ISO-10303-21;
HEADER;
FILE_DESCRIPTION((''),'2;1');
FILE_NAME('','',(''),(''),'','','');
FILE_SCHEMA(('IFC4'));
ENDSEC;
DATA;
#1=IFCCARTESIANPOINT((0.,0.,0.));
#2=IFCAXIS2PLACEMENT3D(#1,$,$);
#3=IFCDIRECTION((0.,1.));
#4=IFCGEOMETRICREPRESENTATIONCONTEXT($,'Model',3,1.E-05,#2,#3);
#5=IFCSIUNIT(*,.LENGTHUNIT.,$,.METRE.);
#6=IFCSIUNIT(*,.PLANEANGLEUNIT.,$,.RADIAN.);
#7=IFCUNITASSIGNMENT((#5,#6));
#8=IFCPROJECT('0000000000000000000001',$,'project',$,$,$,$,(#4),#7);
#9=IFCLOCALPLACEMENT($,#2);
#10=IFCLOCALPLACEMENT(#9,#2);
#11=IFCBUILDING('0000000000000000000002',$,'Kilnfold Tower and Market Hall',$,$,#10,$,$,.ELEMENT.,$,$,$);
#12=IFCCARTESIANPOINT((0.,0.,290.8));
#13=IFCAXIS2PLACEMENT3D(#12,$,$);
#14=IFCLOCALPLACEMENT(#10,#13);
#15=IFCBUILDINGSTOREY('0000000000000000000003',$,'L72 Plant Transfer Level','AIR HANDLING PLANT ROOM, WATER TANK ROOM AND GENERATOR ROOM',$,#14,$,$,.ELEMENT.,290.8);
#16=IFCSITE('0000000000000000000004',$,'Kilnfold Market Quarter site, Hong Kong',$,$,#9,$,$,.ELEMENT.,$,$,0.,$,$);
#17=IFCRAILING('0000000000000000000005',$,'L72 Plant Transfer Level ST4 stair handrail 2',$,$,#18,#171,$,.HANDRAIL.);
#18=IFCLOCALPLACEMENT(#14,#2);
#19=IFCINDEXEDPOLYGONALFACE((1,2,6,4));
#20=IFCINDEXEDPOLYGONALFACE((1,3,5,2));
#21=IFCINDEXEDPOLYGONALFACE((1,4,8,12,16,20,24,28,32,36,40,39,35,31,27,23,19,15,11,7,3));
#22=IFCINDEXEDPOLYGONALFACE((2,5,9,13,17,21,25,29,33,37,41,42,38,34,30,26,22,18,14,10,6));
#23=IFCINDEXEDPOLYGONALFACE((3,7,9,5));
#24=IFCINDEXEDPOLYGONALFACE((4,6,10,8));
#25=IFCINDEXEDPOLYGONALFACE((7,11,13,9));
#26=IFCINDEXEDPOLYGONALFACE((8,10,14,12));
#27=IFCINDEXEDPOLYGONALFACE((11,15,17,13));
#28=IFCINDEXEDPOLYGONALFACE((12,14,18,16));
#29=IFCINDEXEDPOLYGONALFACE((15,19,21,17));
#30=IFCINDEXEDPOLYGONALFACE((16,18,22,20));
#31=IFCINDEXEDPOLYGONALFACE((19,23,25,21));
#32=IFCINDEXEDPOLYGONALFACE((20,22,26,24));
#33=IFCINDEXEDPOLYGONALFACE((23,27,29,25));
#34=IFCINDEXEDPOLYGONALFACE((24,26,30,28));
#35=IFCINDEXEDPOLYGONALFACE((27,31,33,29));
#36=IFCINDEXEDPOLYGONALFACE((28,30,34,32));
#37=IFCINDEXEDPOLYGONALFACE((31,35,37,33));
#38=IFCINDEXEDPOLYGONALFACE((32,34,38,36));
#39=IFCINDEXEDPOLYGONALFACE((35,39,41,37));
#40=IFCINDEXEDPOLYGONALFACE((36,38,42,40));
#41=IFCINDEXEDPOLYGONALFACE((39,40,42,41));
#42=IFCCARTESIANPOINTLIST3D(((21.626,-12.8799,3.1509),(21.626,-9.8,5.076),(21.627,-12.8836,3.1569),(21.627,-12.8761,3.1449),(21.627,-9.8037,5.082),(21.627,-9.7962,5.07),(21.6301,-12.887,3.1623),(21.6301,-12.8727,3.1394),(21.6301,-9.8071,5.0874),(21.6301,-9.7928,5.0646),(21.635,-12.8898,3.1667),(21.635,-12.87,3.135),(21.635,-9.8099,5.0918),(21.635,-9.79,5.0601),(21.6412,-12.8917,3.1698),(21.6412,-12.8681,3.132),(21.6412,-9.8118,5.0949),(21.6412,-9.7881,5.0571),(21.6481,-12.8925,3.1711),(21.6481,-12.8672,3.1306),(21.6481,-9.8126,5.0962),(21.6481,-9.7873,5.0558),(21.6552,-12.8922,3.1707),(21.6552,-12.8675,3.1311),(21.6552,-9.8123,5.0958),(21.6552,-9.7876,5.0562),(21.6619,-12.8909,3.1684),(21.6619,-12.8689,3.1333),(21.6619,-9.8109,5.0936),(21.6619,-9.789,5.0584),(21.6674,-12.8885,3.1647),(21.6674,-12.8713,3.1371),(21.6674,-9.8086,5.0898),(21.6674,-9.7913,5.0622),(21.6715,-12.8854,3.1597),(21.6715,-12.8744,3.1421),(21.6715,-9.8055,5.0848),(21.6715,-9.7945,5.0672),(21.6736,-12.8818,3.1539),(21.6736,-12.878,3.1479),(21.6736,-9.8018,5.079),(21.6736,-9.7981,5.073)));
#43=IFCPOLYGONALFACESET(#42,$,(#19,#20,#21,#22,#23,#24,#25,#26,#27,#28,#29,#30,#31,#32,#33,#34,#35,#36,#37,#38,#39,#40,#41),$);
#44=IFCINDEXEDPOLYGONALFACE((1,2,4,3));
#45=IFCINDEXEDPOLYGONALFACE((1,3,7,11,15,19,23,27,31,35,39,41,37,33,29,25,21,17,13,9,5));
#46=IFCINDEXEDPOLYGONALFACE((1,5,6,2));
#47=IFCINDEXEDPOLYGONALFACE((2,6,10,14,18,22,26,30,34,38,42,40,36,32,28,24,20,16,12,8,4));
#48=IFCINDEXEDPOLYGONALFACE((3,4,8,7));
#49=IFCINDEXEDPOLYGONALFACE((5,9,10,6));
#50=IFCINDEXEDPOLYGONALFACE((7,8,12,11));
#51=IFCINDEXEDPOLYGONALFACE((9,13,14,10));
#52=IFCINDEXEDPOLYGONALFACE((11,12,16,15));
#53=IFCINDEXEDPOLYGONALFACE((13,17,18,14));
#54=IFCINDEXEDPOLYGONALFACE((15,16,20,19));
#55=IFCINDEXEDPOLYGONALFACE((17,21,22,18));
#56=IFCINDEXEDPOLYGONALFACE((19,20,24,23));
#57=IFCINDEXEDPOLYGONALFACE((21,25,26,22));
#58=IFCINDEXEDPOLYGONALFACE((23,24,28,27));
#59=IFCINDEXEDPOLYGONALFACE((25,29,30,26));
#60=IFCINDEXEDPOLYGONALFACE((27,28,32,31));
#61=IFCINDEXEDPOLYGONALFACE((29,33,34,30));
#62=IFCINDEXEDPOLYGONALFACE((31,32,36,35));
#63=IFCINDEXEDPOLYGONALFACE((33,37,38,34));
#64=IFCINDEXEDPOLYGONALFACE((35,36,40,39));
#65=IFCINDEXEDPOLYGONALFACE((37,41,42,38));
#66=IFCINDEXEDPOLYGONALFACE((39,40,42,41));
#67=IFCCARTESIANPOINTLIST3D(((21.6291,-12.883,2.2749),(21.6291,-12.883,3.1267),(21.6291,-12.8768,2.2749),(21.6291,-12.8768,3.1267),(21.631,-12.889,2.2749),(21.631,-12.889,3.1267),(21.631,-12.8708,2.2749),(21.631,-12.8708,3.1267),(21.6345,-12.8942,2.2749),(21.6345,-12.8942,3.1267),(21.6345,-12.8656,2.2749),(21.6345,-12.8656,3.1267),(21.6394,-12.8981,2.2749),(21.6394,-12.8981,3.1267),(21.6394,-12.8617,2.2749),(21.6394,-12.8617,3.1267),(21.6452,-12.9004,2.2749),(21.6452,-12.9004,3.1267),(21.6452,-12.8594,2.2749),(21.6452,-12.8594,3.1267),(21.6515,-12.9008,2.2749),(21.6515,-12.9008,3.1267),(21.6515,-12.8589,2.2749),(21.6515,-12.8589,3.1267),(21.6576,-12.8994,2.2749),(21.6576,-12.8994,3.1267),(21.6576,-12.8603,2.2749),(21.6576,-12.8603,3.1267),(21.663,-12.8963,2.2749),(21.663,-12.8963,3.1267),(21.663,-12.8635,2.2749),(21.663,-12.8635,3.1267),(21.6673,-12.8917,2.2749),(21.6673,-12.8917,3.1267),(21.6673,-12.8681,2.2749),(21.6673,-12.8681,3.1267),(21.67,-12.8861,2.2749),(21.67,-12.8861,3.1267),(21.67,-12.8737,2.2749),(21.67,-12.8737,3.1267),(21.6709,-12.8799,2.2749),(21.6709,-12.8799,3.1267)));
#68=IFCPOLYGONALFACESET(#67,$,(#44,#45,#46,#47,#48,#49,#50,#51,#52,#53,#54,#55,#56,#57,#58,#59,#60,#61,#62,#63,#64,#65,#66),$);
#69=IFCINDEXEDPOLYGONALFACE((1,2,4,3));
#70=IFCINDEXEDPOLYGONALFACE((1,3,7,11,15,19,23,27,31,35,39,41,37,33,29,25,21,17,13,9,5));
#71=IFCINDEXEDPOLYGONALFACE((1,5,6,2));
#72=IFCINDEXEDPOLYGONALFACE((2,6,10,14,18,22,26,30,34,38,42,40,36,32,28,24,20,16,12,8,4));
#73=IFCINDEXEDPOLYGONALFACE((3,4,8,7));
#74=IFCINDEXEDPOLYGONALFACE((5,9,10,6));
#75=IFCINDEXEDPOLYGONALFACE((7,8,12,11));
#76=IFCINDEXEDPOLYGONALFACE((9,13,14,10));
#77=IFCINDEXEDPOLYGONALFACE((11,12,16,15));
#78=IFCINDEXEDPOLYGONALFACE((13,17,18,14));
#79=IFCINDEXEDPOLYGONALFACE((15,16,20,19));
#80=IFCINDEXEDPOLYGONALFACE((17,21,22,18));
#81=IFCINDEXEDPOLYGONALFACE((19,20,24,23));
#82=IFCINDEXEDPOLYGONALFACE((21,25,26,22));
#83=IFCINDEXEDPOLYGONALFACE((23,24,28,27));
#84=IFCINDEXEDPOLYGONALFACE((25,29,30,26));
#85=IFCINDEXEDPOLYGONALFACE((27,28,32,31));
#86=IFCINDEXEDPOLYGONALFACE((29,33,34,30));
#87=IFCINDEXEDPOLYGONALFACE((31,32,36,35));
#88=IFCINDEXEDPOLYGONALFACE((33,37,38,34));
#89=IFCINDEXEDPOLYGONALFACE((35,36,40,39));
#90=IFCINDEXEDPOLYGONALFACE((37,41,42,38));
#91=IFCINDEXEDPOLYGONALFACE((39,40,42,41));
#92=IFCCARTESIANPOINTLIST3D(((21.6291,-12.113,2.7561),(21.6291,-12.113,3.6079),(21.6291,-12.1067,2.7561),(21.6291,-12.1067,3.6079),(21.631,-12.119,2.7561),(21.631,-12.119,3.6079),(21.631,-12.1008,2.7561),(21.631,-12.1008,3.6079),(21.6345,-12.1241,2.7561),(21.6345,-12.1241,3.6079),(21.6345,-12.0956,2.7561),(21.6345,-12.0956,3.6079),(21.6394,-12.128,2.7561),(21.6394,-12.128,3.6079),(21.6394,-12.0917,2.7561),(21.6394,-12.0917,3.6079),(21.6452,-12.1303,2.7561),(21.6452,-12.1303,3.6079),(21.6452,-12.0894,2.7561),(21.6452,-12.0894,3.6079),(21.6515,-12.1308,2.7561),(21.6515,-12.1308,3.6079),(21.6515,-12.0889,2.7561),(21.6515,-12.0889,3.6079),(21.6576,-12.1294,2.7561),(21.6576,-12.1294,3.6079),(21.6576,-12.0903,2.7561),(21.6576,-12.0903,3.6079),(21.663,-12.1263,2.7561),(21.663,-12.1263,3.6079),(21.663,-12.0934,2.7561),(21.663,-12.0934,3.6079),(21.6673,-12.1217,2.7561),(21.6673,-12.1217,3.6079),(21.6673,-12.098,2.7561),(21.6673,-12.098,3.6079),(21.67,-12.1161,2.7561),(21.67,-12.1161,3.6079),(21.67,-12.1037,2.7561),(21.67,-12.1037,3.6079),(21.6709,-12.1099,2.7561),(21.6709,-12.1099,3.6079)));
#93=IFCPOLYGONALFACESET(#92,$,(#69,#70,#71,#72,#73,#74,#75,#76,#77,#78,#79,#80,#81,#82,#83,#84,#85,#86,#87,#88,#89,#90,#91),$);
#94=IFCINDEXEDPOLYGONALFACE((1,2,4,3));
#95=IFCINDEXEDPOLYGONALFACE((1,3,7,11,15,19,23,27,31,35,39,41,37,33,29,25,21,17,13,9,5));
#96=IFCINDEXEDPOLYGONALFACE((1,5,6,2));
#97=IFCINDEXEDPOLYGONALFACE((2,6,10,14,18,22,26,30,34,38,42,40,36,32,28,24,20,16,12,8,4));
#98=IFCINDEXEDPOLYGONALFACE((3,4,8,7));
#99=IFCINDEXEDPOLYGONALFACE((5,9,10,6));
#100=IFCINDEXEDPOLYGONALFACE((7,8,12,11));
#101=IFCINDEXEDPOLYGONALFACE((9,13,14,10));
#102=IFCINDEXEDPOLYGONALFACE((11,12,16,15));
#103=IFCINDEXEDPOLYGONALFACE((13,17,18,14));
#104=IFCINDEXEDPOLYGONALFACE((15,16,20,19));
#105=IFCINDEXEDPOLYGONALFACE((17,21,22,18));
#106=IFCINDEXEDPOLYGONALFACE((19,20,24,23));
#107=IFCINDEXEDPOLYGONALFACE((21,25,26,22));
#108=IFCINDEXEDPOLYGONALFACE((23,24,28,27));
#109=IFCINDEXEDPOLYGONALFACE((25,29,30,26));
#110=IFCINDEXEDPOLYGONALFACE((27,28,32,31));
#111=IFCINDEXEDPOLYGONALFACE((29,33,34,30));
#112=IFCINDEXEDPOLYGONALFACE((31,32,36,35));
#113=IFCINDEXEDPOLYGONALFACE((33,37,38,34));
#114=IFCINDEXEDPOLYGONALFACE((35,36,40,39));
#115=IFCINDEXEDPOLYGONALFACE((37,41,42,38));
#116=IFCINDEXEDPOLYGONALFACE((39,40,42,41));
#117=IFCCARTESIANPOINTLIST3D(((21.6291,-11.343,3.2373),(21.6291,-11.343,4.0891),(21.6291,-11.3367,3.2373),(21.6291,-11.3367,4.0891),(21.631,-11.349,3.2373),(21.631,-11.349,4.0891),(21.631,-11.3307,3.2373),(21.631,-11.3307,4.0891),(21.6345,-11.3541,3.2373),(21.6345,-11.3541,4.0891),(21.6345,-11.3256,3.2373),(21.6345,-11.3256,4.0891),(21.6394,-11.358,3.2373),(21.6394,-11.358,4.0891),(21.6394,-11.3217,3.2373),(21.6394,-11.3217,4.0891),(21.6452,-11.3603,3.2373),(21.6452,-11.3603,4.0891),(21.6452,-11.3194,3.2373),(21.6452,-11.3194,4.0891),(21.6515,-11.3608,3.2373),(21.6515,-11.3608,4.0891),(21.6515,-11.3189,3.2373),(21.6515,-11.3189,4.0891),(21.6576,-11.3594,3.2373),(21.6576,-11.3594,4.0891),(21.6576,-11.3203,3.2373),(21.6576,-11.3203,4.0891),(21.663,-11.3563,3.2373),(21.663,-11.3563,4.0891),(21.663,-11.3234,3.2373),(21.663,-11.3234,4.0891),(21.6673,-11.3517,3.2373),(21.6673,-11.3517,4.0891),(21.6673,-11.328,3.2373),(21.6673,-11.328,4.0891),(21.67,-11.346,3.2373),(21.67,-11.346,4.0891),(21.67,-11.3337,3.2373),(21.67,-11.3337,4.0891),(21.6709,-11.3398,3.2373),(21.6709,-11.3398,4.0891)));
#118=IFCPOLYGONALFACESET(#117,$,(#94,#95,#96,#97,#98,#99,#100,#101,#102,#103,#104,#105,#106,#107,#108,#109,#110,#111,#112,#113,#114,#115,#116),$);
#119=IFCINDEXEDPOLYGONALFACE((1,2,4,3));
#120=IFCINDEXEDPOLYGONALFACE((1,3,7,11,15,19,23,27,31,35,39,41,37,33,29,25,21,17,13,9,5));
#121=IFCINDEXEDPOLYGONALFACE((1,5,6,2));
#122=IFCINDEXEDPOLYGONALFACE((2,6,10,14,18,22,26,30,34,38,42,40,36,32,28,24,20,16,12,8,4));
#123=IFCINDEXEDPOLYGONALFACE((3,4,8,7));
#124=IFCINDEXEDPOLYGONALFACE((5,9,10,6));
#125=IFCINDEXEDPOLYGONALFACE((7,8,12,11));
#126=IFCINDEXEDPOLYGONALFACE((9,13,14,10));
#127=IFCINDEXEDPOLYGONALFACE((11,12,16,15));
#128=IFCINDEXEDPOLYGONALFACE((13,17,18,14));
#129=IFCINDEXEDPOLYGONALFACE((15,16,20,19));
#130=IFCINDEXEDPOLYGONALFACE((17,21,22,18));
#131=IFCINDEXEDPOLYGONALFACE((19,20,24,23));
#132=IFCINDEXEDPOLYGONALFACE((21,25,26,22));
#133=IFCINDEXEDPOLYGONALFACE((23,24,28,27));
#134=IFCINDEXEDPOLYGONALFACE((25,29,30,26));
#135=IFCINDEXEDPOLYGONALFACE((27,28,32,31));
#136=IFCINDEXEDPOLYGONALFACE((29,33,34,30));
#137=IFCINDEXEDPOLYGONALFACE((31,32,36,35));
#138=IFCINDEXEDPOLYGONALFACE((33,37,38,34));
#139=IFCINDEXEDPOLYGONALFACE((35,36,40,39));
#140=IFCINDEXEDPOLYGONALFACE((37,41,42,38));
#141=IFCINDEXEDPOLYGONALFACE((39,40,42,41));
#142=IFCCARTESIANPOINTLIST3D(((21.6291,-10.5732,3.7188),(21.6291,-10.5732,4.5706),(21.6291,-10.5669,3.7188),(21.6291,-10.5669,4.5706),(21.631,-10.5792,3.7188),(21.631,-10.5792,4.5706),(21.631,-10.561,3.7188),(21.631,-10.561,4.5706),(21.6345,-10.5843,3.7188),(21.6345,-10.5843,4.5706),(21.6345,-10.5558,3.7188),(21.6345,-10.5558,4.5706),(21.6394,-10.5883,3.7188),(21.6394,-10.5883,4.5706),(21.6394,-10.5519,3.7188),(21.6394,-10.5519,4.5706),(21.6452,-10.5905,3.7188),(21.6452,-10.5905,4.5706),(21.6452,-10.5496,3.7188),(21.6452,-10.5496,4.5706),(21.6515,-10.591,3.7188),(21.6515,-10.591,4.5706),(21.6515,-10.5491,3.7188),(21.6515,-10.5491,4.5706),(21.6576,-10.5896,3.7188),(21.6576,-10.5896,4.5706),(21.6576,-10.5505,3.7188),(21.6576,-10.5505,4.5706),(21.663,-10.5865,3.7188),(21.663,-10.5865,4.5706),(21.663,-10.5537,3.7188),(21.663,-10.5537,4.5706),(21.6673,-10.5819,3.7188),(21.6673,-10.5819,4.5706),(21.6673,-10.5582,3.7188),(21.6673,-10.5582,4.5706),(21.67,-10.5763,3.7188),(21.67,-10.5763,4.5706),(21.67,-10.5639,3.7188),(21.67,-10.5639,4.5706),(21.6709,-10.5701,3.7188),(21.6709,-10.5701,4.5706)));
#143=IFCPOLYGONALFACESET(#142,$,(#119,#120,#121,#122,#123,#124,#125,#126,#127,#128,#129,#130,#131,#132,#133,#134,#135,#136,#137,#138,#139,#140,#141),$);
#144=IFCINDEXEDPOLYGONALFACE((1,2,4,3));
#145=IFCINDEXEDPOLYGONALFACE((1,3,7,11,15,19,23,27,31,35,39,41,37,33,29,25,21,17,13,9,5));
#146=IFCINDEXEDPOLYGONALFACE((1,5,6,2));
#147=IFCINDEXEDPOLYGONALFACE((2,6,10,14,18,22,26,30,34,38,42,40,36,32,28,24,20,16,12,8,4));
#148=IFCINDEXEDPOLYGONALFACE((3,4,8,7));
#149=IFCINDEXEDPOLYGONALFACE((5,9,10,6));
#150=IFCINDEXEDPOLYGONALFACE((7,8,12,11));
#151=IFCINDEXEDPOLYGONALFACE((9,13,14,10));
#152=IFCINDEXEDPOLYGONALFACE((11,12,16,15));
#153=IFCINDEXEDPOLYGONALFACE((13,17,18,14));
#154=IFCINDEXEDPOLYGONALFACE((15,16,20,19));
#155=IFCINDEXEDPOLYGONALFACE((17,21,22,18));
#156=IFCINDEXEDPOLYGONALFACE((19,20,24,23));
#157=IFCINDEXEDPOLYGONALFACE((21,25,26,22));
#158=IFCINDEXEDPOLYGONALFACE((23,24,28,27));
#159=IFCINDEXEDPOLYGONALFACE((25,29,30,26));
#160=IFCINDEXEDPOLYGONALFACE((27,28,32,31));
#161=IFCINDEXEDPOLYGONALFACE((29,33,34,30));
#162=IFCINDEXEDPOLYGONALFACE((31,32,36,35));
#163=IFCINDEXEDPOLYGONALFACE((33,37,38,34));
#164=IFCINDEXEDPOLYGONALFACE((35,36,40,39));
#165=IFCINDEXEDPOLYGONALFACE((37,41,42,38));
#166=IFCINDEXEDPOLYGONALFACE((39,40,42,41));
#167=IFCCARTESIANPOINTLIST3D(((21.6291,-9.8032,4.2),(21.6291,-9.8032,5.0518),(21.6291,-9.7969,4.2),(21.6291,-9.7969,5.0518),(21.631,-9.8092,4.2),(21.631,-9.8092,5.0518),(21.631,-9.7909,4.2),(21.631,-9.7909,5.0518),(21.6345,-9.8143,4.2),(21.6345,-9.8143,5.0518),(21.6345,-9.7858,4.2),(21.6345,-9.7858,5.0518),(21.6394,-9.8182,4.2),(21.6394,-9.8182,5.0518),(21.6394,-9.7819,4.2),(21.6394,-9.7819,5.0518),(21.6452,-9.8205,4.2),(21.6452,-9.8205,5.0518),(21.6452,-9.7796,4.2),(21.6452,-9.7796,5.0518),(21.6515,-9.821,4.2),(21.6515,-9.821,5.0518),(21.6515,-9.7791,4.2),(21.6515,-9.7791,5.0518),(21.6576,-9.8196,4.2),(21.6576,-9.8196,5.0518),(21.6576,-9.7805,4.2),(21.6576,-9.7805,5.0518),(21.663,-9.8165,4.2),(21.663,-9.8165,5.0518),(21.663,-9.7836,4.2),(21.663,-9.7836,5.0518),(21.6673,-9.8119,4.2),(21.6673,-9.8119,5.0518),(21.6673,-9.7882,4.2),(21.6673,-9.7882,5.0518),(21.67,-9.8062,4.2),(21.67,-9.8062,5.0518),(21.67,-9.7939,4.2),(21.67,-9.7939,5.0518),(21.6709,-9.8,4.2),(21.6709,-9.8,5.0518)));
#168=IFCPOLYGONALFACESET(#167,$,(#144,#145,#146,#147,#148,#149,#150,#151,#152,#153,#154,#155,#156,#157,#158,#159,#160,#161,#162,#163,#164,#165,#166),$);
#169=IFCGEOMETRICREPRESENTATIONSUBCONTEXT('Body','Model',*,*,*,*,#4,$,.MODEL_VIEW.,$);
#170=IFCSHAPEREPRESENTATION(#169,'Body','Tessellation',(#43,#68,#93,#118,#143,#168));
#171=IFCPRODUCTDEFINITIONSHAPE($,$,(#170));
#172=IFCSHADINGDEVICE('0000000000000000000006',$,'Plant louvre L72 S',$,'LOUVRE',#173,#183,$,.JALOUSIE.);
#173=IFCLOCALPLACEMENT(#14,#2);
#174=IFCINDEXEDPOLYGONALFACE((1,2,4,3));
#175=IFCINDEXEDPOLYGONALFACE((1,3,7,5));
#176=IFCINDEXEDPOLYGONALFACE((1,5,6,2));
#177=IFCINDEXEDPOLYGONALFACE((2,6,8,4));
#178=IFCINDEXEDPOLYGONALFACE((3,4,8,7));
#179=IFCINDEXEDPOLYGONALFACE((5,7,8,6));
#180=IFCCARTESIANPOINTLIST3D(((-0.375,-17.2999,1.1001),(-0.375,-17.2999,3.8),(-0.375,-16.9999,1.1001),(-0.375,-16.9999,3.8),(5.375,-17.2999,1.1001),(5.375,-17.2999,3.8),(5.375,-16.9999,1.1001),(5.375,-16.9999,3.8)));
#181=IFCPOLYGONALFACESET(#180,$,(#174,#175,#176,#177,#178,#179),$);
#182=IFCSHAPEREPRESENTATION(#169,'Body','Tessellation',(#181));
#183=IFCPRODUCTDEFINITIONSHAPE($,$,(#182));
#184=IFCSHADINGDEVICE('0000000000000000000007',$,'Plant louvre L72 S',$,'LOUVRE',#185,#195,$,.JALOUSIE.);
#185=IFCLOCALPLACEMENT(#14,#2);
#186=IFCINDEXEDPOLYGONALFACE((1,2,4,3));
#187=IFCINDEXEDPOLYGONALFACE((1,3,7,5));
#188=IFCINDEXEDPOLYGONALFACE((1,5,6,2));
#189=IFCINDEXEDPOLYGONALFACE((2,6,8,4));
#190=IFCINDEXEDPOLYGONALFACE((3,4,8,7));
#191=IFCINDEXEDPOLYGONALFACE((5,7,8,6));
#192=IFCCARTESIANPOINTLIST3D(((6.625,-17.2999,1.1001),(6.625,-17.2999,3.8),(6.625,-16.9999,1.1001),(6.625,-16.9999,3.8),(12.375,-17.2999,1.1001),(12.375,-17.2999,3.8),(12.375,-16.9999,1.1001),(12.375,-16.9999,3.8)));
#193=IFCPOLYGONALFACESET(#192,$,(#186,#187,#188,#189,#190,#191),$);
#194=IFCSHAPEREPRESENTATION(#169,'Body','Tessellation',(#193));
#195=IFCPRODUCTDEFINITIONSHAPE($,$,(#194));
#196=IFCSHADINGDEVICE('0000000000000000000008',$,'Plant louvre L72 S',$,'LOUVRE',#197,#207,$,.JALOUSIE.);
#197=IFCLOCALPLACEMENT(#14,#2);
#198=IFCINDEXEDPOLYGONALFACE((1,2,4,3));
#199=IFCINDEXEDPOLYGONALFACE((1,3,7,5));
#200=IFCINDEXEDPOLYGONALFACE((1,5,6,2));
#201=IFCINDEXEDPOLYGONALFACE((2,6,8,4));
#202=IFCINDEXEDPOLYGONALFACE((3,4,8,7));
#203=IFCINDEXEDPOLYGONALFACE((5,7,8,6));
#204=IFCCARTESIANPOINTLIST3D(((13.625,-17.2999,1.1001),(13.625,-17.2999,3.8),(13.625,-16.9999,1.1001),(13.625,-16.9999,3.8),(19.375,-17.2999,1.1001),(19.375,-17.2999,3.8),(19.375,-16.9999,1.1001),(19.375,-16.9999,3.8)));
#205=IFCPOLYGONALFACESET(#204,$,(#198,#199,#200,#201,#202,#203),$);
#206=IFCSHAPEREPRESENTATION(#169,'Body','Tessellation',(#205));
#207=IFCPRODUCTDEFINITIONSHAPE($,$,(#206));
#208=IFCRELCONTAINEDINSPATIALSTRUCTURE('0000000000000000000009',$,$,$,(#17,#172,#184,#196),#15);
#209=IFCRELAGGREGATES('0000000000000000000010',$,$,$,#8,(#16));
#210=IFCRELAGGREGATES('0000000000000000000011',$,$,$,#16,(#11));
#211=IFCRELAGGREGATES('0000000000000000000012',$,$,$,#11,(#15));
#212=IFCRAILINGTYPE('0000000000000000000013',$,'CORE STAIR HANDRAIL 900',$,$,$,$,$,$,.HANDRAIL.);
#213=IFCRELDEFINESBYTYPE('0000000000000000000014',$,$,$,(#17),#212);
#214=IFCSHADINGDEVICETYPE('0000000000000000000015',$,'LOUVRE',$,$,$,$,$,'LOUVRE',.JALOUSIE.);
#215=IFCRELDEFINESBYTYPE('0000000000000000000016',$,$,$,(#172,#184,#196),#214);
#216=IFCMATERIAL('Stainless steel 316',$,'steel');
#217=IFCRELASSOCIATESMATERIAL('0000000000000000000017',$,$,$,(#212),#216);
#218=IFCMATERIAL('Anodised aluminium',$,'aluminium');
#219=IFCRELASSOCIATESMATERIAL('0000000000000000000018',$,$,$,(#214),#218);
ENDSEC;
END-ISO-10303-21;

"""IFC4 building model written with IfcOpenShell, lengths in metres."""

from ifc_helpers import new_model, si_unit, direction, frame, origin, origin_2d, place, context, subcontext, project, spatial, rectangle, circle, extrude, source, transform, mapped, material, type_object, element, save


model = new_model("IFC4")

# Units and contexts
model_context = context("Model", 3, precision=1e-05, world=origin(), true_north=direction((0.0, 1.0)))
body_context = subcontext(model_context, "Body", "Model", "MODEL_VIEW")
ifc_project = project(units=[si_unit("LENGTHUNIT", "METRE"), si_unit("PLANEANGLEUNIT", "RADIAN")], contexts=[model_context])

# Site, building, storey
site_placement = place(None, origin())
site = spatial("IfcSite", under=ifc_project, at=site_placement, Name="Kilnfold Market Quarter site, Hong Kong", CompositionType="ELEMENT", RefElevation=0.0)
building_placement = place(site_placement, origin())
building = spatial("IfcBuilding", under=site, at=building_placement, Name="Kilnfold Tower and Market Hall", CompositionType="ELEMENT")
storey_placement = place(building_placement, frame((0.0, 0.0, 290.8)))
storey = spatial("IfcBuildingStorey", under=building, at=storey_placement, Name="L72 Plant Transfer Level", Description="AIR HANDLING PLANT ROOM, WATER TANK ROOM AND GENERATOR ROOM", CompositionType="ELEMENT", Elevation=290.8)

# Railing
ifc_material_1 = material(Name="Stainless steel 316", Category="steel")
railing_type_1 = type_object("IfcRailingType", Name="CORE STAIR HANDRAIL 900", PredefinedType="HANDRAIL", material=ifc_material_1)
railing_1_placement = place(storey_placement, frame((21.6499, -12.8799, 2.2749)))
element("IfcRailing", 1, at=railing_1_placement, inside=storey, type_object=railing_type_1, Name="L72 Plant Transfer Level ST4 stair handrail 2", PredefinedType="HANDRAIL", context=body_context, shape_type="SweptSolid", body=[
    extrude(circle(Radius=0.0239, at=origin_2d()), frame((0.0, 0.0, 0.876), z_axis=(0.0, 0.847979, 0.530029), x_axis=(-1.0, 0.0, 0.0)), (0.0, 0.0, 1.0), 3.6321),
    extrude(circle(Radius=0.021, at=origin_2d()), origin(), (0.0, 0.0, 1.0), 0.8518),
    extrude(circle(Radius=0.021, at=origin_2d()), frame((0.0, 0.77, 0.4812)), (0.0, 0.0, 1.0), 0.8518),
    extrude(circle(Radius=0.021, at=origin_2d()), frame((0.0, 1.54, 0.9624)), (0.0, 0.0, 1.0), 0.8518),
    extrude(circle(Radius=0.021, at=origin_2d()), frame((0.0, 2.3098, 1.4438)), (0.0, 0.0, 1.0), 0.8518),
    extrude(circle(Radius=0.021, at=origin_2d()), frame((0.0, 3.0798, 1.925)), (0.0, 0.0, 1.0), 0.8518),
])

# Shading devices
ifc_material_2 = material(Name="Anodised aluminium", Category="aluminium")
shading_device_type_1 = type_object("IfcShadingDeviceType", Name="LOUVRE", ElementType="LOUVRE", PredefinedType="JALOUSIE", material=ifc_material_2)
shared_shape_1 = source(origin(), body_context, "Body", "SweptSolid", [
    extrude(rectangle(XDim=5.75, YDim=0.3, at=origin_2d()), origin(), (0.0, 0.0, 1.0), 2.7),
])
for number, where, z_axis, x_axis, name in (
    (2, (2.5, -17.1499, 1.1001), (0.0, 0.0, 1.0), (1.0, 0.0, 0.0), "Plant louvre L72 S"),
    (3, (9.5, -17.1499, 1.1001), (0.0, 0.0, 1.0), (1.0, 0.0, 0.0), "Plant louvre L72 S"),
    (4, (16.5, -17.1499, 1.1001), (0.0, 0.0, 1.0), (1.0, 0.0, 0.0), "Plant louvre L72 S"),
):
    element("IfcShadingDevice", number, at=place(storey_placement, frame(where, z_axis=z_axis, x_axis=x_axis)), inside=storey, type_object=shading_device_type_1, Name=name, ObjectType="LOUVRE", PredefinedType="JALOUSIE", context=body_context, shape_type="MappedRepresentation", body=[
        mapped(shared_shape_1, transform((0.0, 0.0, 0.0))),
    ])

save(model, "model.ifc")
